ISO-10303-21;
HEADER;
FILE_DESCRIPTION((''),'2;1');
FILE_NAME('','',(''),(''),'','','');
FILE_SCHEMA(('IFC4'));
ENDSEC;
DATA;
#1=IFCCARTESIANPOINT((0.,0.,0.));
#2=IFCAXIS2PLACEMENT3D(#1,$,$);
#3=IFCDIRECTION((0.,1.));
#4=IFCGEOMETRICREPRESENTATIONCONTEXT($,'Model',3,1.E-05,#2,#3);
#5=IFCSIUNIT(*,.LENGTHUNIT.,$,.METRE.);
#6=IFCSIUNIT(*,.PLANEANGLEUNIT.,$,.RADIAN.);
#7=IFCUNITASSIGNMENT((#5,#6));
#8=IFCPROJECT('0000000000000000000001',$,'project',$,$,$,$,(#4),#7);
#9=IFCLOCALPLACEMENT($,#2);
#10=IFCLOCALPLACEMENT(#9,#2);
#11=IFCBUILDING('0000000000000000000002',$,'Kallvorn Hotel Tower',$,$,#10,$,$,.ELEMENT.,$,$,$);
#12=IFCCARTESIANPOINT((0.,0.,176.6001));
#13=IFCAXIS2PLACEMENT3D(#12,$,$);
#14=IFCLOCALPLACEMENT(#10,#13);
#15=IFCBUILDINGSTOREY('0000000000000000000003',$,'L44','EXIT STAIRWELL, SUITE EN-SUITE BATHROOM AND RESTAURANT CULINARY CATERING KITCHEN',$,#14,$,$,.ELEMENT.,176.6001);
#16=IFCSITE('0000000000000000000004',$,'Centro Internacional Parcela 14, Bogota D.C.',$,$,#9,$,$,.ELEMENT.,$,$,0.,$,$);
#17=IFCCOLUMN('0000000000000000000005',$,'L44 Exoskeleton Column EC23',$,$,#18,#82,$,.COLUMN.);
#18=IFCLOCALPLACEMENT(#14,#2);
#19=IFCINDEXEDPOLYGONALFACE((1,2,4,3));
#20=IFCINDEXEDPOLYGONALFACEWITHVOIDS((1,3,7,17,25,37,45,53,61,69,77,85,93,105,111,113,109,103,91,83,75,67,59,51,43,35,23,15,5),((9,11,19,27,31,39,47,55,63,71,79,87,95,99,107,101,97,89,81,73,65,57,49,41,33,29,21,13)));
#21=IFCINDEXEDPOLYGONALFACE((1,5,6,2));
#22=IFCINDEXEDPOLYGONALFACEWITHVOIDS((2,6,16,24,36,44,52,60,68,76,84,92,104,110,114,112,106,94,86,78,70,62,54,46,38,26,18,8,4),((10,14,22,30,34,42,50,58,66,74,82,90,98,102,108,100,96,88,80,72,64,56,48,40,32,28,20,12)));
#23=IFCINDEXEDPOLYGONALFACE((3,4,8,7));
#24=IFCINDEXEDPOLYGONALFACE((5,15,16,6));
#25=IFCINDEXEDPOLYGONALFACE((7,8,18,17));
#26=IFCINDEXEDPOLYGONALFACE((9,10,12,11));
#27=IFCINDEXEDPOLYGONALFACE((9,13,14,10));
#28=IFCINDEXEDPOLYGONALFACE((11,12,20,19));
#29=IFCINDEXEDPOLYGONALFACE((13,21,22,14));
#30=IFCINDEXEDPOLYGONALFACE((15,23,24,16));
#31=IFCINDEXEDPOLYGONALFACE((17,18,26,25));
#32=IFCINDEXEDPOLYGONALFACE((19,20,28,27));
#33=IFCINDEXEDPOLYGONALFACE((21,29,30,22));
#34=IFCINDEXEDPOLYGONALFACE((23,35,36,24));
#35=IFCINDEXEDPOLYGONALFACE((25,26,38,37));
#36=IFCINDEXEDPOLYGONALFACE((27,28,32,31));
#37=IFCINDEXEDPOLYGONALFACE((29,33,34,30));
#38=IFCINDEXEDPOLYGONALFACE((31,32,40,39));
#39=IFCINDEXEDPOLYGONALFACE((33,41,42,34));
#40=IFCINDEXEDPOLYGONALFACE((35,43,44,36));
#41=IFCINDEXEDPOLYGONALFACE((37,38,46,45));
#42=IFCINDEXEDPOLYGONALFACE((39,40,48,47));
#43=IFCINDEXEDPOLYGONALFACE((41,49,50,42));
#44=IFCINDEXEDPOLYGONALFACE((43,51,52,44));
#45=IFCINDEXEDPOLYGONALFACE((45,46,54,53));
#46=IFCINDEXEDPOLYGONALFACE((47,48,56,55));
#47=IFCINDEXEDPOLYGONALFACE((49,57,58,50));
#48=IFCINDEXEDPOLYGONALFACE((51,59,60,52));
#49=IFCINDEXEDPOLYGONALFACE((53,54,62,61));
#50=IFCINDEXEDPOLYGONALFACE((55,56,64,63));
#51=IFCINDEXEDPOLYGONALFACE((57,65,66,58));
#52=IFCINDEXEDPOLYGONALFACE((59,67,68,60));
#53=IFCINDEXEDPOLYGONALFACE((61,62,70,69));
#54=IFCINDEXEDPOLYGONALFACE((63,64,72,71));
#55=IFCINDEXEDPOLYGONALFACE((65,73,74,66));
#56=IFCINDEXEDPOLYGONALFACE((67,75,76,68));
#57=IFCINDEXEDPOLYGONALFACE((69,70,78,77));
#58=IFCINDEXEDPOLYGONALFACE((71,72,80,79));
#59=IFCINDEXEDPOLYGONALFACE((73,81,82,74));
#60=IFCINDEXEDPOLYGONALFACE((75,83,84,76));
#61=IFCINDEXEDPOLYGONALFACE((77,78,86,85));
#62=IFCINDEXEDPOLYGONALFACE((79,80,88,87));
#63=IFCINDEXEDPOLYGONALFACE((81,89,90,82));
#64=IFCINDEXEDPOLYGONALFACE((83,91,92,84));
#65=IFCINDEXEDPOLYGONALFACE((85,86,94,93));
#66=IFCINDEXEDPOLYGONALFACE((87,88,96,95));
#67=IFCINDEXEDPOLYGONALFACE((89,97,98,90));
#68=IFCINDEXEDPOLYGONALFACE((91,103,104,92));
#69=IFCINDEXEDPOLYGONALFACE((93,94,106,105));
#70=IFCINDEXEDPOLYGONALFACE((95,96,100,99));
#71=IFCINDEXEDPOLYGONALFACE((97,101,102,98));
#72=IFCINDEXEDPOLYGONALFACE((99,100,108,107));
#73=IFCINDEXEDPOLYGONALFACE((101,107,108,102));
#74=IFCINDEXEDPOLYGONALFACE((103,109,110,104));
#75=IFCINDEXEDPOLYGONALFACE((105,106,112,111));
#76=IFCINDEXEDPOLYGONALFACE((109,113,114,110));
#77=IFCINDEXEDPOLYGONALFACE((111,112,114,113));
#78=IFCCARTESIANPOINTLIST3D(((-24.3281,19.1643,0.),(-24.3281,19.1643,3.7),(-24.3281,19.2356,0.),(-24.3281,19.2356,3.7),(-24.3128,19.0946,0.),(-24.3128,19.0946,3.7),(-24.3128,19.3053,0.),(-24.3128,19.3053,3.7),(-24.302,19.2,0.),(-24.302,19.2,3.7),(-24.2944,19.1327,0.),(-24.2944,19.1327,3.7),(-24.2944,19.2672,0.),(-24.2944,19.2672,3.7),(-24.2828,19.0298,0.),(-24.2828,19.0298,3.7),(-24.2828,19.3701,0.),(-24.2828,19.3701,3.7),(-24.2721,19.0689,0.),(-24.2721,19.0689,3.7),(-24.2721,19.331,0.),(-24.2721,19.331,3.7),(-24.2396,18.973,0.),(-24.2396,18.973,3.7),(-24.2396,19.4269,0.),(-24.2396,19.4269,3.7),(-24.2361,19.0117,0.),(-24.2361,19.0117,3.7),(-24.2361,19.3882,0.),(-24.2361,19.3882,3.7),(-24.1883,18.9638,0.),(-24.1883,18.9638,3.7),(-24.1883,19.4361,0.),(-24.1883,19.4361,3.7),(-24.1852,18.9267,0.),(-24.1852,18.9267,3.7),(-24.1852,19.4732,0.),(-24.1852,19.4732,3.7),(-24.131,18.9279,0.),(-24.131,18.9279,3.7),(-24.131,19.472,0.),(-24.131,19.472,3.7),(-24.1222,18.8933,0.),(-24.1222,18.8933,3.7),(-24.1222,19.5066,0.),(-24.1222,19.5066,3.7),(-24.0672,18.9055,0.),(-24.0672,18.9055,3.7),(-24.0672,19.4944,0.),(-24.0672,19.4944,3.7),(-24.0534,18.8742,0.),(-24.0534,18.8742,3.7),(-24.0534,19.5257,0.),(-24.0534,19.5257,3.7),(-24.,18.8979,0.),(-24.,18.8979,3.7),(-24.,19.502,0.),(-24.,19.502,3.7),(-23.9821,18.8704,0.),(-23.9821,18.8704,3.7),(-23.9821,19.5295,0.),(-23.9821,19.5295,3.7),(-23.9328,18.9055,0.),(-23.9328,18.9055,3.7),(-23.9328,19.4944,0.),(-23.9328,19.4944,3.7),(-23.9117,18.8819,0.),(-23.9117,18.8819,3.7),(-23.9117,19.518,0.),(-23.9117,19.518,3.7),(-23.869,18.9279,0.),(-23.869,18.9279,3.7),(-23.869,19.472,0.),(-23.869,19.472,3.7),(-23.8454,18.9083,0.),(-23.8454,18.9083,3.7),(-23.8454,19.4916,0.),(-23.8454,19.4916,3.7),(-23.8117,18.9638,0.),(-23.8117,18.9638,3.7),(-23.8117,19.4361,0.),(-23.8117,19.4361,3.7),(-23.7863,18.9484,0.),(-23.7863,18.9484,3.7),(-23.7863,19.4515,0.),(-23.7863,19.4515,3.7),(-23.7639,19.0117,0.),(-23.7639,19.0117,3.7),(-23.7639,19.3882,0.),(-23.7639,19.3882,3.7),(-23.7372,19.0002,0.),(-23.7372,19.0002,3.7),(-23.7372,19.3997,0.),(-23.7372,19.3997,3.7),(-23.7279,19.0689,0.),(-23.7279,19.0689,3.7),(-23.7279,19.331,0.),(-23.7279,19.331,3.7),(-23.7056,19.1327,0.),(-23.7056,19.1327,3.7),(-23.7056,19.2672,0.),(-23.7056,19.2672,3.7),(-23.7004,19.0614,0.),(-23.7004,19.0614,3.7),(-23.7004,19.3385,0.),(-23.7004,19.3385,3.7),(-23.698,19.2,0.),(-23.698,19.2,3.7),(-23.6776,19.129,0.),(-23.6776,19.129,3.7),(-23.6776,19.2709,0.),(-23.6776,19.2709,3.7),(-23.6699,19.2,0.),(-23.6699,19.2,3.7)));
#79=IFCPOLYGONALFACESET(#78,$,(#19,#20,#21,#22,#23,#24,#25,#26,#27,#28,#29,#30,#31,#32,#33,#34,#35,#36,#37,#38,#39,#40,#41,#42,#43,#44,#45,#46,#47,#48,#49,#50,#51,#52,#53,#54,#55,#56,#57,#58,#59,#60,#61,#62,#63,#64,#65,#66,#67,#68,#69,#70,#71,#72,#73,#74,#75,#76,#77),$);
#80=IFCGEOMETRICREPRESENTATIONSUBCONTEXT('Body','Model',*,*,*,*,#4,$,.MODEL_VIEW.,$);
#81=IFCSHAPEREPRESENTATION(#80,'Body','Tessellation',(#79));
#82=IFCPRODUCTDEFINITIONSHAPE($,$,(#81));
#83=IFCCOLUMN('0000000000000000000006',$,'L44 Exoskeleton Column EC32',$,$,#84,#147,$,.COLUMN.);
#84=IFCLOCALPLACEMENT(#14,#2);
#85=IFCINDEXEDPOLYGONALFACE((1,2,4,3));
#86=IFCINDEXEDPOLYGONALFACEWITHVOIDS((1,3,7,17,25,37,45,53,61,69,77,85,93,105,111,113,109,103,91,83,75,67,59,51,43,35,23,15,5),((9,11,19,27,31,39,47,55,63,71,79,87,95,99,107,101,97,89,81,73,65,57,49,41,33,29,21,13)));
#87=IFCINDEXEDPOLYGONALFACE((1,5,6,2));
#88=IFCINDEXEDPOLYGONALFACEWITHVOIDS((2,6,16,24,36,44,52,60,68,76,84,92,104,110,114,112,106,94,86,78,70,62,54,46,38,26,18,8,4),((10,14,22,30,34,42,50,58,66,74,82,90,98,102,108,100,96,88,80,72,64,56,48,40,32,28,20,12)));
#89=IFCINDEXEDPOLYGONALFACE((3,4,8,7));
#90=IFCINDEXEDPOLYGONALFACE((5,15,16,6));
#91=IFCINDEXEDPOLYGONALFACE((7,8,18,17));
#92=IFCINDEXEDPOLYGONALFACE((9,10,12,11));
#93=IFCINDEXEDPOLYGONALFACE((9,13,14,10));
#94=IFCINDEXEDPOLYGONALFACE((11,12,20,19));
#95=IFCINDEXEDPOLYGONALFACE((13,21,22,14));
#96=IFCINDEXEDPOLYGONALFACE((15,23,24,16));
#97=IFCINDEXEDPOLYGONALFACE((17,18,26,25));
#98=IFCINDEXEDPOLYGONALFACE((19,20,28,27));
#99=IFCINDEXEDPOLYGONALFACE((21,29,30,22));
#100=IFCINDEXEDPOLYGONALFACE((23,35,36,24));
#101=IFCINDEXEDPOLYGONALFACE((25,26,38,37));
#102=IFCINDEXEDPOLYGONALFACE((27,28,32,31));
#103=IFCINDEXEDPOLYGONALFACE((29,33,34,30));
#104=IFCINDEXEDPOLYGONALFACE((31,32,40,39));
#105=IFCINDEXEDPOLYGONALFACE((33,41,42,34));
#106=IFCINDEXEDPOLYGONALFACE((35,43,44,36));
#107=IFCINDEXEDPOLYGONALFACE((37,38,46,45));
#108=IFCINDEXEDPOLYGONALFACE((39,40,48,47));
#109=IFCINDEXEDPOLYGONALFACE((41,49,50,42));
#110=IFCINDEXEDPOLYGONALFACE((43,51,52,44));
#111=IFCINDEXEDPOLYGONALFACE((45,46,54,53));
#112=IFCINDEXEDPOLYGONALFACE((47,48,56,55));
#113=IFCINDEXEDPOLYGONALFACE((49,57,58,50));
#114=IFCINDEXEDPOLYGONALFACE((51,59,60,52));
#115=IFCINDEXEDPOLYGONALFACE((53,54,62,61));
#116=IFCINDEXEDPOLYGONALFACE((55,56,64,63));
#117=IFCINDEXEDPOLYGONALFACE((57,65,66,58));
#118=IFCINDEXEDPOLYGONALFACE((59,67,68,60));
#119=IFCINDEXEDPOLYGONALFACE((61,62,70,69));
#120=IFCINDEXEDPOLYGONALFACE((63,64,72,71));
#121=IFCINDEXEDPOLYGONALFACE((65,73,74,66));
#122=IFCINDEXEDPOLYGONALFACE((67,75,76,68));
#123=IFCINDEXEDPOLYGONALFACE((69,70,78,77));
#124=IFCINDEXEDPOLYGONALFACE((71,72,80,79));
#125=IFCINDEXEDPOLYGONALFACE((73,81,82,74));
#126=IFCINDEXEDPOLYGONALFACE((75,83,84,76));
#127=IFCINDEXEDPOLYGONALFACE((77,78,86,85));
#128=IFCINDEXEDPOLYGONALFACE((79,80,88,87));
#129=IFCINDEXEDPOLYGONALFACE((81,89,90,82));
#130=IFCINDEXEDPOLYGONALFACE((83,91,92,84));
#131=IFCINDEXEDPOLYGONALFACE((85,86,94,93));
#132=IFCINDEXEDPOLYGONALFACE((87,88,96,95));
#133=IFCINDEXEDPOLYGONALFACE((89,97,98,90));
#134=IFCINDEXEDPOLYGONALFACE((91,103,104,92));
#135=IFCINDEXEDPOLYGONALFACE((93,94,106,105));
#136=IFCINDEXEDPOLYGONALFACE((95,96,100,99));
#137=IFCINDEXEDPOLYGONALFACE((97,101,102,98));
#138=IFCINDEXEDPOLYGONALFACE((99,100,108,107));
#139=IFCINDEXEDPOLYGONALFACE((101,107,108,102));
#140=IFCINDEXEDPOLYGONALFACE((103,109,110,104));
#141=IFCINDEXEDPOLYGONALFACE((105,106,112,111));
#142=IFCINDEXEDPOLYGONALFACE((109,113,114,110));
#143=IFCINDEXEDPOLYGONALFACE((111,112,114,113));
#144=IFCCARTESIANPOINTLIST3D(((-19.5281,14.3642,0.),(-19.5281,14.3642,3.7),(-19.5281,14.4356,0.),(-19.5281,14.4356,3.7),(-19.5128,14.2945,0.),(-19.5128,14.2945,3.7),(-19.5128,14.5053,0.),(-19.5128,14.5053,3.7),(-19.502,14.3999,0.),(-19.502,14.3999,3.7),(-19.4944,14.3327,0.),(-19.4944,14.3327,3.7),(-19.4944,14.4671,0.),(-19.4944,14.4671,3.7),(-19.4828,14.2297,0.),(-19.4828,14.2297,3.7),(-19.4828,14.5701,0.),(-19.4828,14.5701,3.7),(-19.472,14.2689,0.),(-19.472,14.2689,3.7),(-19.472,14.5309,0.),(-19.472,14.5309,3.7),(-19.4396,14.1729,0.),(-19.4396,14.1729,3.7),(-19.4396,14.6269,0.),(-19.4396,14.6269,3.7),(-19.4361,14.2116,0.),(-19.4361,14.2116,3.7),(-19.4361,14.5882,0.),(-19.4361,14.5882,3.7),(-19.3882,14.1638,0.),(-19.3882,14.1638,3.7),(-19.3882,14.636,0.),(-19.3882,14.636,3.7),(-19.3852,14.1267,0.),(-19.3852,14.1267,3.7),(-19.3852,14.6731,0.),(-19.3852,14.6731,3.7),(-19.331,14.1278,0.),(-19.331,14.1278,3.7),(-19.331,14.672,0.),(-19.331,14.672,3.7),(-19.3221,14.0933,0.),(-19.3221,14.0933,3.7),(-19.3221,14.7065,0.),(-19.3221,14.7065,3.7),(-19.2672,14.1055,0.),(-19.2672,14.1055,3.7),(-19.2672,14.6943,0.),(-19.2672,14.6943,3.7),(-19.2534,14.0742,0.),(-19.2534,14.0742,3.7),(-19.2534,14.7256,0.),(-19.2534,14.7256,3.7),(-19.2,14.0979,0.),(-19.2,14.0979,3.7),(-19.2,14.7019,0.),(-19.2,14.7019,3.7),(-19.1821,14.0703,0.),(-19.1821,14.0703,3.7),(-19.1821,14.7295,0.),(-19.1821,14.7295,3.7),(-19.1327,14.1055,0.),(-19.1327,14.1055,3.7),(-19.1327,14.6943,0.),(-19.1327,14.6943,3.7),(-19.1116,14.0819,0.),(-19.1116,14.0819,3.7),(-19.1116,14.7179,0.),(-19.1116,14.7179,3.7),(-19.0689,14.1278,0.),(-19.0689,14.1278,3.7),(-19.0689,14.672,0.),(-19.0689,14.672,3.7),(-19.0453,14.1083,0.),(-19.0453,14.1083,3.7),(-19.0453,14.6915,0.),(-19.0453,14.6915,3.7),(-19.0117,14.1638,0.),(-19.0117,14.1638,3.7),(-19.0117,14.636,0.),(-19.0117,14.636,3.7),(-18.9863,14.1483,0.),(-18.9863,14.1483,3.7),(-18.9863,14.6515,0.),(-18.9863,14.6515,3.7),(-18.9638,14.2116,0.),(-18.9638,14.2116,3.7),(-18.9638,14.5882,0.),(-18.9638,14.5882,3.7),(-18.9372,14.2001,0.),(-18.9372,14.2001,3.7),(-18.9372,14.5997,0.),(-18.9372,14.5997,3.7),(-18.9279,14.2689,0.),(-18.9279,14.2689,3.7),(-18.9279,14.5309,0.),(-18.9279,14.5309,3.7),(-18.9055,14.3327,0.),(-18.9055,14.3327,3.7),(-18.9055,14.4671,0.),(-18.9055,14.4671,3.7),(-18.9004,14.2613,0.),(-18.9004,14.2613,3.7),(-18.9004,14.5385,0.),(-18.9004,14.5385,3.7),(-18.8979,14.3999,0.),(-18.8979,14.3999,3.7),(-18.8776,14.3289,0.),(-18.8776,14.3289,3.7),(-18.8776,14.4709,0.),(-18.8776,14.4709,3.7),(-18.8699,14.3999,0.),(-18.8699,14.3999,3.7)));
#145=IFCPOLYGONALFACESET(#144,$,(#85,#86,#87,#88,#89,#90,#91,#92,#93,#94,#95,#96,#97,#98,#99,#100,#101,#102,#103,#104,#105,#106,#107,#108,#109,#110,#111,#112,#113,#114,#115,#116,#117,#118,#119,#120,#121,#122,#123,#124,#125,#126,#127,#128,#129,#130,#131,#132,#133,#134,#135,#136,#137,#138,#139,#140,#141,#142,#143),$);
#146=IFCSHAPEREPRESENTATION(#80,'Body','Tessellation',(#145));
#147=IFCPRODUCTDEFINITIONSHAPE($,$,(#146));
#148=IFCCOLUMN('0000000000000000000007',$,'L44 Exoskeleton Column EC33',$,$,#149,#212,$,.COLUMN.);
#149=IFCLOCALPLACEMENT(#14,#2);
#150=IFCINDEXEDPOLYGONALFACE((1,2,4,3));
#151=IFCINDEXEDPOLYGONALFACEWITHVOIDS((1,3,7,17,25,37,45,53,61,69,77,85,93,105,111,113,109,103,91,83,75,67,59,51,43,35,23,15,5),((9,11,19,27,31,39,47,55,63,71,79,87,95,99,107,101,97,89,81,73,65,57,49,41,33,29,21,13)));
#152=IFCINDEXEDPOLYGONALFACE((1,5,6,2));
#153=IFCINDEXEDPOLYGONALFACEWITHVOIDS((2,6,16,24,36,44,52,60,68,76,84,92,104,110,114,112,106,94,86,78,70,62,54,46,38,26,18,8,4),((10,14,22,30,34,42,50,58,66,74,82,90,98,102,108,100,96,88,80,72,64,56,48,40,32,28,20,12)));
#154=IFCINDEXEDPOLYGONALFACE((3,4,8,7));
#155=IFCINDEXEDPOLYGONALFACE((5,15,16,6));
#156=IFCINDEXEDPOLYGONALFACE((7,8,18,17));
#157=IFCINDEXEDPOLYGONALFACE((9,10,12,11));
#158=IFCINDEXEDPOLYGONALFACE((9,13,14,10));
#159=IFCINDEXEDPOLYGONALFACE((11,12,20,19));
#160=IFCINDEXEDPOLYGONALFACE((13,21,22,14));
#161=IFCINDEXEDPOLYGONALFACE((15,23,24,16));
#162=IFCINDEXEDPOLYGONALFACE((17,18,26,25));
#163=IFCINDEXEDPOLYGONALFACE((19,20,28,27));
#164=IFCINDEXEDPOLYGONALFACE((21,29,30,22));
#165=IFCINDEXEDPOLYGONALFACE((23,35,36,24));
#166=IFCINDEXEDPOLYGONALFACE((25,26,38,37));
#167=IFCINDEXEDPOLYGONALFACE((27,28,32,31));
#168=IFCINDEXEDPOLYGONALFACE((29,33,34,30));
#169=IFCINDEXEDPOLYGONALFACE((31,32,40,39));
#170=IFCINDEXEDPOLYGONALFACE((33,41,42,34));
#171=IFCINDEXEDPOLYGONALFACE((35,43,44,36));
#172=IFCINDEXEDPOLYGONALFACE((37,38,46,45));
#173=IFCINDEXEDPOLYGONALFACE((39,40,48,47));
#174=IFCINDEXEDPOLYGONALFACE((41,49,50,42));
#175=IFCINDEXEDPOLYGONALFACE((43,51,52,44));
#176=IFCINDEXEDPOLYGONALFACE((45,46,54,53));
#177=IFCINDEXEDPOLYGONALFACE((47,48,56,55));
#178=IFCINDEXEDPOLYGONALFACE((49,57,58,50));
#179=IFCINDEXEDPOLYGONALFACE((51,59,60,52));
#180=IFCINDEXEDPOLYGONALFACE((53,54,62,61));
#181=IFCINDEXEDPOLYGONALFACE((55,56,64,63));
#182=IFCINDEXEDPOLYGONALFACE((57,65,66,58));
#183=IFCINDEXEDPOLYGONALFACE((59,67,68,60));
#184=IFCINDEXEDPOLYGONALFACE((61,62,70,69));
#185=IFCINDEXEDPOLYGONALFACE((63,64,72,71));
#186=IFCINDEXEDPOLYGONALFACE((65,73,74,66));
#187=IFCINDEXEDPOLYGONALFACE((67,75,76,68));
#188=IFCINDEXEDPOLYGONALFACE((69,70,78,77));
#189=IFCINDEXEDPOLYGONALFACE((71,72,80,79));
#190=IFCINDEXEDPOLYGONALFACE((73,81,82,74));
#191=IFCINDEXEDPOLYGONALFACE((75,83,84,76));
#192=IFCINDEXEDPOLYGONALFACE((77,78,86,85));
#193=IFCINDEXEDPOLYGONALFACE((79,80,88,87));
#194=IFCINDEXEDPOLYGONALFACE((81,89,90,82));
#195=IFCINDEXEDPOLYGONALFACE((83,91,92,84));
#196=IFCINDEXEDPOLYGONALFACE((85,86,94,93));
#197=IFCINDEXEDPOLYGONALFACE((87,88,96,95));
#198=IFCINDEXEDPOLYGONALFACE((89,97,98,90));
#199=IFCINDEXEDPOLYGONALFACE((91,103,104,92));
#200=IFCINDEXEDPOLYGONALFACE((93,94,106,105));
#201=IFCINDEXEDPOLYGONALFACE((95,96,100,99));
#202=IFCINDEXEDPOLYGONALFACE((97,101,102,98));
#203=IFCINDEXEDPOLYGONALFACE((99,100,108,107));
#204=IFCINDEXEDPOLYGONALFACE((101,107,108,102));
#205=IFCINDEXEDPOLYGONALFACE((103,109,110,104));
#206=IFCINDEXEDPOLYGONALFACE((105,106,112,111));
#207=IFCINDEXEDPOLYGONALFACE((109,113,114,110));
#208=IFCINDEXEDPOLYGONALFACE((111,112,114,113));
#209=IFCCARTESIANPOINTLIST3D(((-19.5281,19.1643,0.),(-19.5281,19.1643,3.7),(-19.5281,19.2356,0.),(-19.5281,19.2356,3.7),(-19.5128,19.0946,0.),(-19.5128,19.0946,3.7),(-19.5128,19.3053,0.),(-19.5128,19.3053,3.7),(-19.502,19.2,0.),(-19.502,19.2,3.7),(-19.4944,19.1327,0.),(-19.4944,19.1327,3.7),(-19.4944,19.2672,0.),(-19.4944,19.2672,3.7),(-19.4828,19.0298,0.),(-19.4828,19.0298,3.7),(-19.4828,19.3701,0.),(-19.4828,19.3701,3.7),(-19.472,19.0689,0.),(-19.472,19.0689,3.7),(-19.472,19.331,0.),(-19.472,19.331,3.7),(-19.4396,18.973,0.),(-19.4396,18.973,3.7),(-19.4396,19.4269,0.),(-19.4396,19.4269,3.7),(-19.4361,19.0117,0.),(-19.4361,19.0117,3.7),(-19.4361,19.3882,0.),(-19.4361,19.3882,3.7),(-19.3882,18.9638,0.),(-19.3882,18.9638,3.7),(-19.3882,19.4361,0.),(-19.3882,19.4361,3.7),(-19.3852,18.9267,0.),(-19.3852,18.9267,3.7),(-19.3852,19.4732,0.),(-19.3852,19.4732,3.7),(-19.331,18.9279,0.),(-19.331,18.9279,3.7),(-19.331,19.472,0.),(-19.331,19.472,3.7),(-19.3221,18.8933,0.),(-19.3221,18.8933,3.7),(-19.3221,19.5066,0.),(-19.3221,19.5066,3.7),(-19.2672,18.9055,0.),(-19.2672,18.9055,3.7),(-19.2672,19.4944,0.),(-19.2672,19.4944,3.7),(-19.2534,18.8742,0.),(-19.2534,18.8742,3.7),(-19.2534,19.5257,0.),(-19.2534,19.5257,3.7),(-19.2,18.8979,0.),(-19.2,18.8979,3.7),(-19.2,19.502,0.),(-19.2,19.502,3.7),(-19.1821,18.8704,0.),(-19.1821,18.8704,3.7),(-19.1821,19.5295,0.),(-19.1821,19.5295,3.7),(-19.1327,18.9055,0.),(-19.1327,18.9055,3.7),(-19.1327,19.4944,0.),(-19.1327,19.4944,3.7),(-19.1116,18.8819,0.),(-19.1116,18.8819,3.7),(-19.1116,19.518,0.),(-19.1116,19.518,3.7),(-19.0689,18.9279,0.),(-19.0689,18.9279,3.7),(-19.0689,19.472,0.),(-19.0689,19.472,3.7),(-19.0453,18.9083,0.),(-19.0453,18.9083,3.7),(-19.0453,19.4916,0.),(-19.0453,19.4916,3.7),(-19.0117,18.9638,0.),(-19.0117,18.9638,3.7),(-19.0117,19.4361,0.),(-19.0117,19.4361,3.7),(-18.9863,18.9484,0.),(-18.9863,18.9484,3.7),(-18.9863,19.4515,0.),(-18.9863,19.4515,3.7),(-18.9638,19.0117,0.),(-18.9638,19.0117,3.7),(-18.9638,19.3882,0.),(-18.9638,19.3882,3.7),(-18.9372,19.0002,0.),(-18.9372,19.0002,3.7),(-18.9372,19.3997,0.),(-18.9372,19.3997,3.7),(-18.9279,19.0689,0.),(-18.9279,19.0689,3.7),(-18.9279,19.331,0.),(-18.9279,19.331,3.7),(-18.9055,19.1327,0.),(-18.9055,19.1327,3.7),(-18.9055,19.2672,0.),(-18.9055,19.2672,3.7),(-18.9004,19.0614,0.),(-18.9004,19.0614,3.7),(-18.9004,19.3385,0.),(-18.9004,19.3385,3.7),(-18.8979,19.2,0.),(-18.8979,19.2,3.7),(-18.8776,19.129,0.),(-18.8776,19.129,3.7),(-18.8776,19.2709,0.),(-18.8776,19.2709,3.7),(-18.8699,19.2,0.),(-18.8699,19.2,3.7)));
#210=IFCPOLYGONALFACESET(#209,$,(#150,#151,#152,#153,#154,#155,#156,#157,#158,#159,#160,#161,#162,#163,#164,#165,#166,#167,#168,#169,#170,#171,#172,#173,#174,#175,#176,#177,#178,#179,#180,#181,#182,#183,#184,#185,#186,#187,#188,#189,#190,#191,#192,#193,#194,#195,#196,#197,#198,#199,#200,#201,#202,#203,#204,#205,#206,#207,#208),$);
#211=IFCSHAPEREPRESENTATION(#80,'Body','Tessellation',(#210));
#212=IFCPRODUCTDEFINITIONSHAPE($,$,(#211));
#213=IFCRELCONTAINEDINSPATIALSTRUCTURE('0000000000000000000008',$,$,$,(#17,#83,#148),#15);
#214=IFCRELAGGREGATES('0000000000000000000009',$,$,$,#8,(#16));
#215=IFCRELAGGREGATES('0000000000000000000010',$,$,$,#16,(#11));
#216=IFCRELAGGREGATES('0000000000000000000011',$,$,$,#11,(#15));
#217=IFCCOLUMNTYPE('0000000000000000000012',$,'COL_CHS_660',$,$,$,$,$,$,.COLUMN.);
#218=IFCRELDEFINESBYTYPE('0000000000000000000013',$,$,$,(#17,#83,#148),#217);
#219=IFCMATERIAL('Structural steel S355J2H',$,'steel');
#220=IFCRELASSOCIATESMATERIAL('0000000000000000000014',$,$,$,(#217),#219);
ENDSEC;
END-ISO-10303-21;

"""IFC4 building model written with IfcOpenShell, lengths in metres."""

from ifc_helpers import new_model, si_unit, direction, frame, origin, origin_2d, place, context, subcontext, project, spatial, hollow_circle, extrude, material, material_profile, profile_set, type_object, element, save


model = new_model("IFC4")

# Units and contexts
model_context = context("Model", 3, precision=1e-05, world=origin(), true_north=direction((0.0, 1.0)))
body_context = subcontext(model_context, "Body", "Model", "MODEL_VIEW")
ifc_project = project(units=[si_unit("LENGTHUNIT", "METRE"), si_unit("PLANEANGLEUNIT", "RADIAN")], contexts=[model_context])

# Site, building, storey
site_placement = place(None, origin())
site = spatial("IfcSite", under=ifc_project, at=site_placement, Name="Centro Internacional Parcela 14, Bogota D.C.", CompositionType="ELEMENT", RefElevation=0.0)
building_placement = place(site_placement, origin())
building = spatial("IfcBuilding", under=site, at=building_placement, Name="Kallvorn Hotel Tower", CompositionType="ELEMENT")
storey_placement = place(building_placement, frame((0.0, 0.0, 176.6001)))
storey = spatial("IfcBuildingStorey", under=building, at=storey_placement, Name="L44", Description="EXIT STAIRWELL, SUITE EN-SUITE BATHROOM AND RESTAURANT CULINARY CATERING KITCHEN", CompositionType="ELEMENT", Elevation=176.6001)

# Columns
ifc_material_1 = material(Name="Structural steel S355J2H", Category="steel")
ifc_material_profile_1 = material_profile(ifc_material_1, hollow_circle(Radius=0.3301, WallThickness=0.0281, at=origin_2d()), Name="CHS 660x28")
ifc_profile_set_1 = profile_set([ifc_material_profile_1], Name="Structural steel S355J2H")
column_type_1 = type_object("IfcColumnType", Name="COL_CHS_660", PredefinedType="COLUMN", material=ifc_profile_set_1)
for number, where, z_axis, x_axis, name in (
    (1, (-24.0, 19.2, 0.0), (0.0, 0.0, 1.0), (1.0, 0.0, 0.0), "L44 Exoskeleton Column EC23"),
    (2, (-19.2, 14.3999, 0.0), (0.0, 0.0, 1.0), (1.0, 0.0, 0.0), "L44 Exoskeleton Column EC32"),
    (3, (-19.2, 19.2, 0.0), (0.0, 0.0, 1.0), (1.0, 0.0, 0.0), "L44 Exoskeleton Column EC33"),
):
    element("IfcColumn", number, at=place(storey_placement, frame(where, z_axis=z_axis, x_axis=x_axis)), inside=storey, type_object=column_type_1, Name=name, PredefinedType="COLUMN", context=body_context, shape_type="SweptSolid", body=[
        extrude(hollow_circle(Radius=0.3301, WallThickness=0.0281, at=origin_2d()), origin(), (0.0, 0.0, 1.0), 3.7),
    ])

save(model, "model.ifc")
